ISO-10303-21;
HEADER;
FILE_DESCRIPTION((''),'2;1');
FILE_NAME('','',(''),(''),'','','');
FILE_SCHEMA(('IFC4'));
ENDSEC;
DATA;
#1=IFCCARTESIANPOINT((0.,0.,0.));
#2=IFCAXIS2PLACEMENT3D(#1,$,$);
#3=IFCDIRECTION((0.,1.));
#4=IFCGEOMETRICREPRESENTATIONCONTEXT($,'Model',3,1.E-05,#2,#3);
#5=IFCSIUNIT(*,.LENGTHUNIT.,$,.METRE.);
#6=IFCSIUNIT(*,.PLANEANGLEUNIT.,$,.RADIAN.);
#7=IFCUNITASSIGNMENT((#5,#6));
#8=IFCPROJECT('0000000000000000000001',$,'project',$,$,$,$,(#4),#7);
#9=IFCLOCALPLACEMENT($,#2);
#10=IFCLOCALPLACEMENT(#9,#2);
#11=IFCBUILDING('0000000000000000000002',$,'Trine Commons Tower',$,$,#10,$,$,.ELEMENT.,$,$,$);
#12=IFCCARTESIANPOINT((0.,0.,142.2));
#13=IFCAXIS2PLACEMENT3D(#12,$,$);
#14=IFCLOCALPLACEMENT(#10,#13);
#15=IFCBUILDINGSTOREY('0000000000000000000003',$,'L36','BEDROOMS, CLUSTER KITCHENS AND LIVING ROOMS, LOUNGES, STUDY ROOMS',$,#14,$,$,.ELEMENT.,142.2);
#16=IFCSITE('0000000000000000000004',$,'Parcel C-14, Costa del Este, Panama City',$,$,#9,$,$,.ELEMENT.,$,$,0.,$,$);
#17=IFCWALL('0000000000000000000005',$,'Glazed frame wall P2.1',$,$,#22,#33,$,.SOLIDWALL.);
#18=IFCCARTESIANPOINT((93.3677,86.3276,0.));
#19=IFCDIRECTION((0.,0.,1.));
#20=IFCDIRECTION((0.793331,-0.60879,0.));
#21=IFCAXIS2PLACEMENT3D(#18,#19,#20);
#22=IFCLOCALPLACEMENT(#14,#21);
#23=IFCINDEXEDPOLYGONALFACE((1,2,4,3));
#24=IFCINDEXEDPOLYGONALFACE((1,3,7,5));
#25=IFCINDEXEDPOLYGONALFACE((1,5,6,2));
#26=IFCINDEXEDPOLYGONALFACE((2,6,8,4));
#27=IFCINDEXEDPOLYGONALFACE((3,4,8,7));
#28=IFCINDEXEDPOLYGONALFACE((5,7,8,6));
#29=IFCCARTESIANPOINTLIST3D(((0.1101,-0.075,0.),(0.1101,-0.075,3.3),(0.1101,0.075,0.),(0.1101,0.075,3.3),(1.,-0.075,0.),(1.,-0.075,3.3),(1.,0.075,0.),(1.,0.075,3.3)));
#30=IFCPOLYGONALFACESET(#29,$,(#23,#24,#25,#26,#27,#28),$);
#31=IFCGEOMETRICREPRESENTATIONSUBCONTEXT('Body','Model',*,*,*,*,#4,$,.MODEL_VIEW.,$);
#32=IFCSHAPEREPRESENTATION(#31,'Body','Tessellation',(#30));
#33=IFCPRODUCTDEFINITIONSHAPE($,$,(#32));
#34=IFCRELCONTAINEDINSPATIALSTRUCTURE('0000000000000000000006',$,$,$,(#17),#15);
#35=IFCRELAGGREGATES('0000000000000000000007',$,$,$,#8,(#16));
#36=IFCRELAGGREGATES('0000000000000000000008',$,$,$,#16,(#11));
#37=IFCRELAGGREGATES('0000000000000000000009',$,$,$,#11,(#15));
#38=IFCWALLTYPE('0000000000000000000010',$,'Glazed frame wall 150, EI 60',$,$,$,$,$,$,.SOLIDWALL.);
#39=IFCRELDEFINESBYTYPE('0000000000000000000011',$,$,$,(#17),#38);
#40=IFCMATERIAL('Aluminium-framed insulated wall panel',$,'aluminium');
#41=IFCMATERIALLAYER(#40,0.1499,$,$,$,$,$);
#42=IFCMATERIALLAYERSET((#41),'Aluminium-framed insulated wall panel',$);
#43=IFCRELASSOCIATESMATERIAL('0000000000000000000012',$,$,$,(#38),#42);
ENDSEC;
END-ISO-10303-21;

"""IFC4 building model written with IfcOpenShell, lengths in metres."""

from ifc_helpers import new_model, si_unit, direction, frame, origin, place, context, subcontext, project, spatial, polyline, outline, extrude, material, layer, layer_set, type_object, element, save


model = new_model("IFC4")

# Units and contexts
model_context = context("Model", 3, precision=1e-05, world=origin(), true_north=direction((0.0, 1.0)))
body_context = subcontext(model_context, "Body", "Model", "MODEL_VIEW")
ifc_project = project(units=[si_unit("LENGTHUNIT", "METRE"), si_unit("PLANEANGLEUNIT", "RADIAN")], contexts=[model_context])

# Site, building, storey
site_placement = place(None, origin())
site = spatial("IfcSite", under=ifc_project, at=site_placement, Name="Parcel C-14, Costa del Este, Panama City", CompositionType="ELEMENT", RefElevation=0.0)
building_placement = place(site_placement, origin())
building = spatial("IfcBuilding", under=site, at=building_placement, Name="Trine Commons Tower", CompositionType="ELEMENT")
storey_placement = place(building_placement, frame((0.0, 0.0, 142.2)))
storey = spatial("IfcBuildingStorey", under=building, at=storey_placement, Name="L36", Description="BEDROOMS, CLUSTER KITCHENS AND LIVING ROOMS, LOUNGES, STUDY ROOMS", CompositionType="ELEMENT", Elevation=142.2)

# Wall
ifc_material_1 = material(Name="Aluminium-framed insulated wall panel", Category="aluminium")
ifc_layer_1 = layer(ifc_material_1, 0.1499)
ifc_layer_set_1 = layer_set([ifc_layer_1], Name="Aluminium-framed insulated wall panel")
wall_type_1 = type_object("IfcWallType", Name="Glazed frame wall 150, EI 60", PredefinedType="SOLIDWALL", material=ifc_layer_set_1)
wall_1_placement = place(storey_placement, frame((93.3677, 86.3276, 0.0), z_axis=(0.0, 0.0, 1.0), x_axis=(0.793331, -0.60879, 0.0)))
element("IfcWall", 1, at=wall_1_placement, inside=storey, type_object=wall_type_1, Name="Glazed frame wall P2.1", PredefinedType="SOLIDWALL", context=body_context, shape_type="SweptSolid", body=[
    extrude(outline(polyline([(0.1101, -0.075), (1.0, -0.075), (1.0, 0.075), (0.1101, 0.075), (0.1101, -0.075)])), origin(), (0.0, 0.0, 1.0), 3.3),
])

save(model, "model.ifc")
